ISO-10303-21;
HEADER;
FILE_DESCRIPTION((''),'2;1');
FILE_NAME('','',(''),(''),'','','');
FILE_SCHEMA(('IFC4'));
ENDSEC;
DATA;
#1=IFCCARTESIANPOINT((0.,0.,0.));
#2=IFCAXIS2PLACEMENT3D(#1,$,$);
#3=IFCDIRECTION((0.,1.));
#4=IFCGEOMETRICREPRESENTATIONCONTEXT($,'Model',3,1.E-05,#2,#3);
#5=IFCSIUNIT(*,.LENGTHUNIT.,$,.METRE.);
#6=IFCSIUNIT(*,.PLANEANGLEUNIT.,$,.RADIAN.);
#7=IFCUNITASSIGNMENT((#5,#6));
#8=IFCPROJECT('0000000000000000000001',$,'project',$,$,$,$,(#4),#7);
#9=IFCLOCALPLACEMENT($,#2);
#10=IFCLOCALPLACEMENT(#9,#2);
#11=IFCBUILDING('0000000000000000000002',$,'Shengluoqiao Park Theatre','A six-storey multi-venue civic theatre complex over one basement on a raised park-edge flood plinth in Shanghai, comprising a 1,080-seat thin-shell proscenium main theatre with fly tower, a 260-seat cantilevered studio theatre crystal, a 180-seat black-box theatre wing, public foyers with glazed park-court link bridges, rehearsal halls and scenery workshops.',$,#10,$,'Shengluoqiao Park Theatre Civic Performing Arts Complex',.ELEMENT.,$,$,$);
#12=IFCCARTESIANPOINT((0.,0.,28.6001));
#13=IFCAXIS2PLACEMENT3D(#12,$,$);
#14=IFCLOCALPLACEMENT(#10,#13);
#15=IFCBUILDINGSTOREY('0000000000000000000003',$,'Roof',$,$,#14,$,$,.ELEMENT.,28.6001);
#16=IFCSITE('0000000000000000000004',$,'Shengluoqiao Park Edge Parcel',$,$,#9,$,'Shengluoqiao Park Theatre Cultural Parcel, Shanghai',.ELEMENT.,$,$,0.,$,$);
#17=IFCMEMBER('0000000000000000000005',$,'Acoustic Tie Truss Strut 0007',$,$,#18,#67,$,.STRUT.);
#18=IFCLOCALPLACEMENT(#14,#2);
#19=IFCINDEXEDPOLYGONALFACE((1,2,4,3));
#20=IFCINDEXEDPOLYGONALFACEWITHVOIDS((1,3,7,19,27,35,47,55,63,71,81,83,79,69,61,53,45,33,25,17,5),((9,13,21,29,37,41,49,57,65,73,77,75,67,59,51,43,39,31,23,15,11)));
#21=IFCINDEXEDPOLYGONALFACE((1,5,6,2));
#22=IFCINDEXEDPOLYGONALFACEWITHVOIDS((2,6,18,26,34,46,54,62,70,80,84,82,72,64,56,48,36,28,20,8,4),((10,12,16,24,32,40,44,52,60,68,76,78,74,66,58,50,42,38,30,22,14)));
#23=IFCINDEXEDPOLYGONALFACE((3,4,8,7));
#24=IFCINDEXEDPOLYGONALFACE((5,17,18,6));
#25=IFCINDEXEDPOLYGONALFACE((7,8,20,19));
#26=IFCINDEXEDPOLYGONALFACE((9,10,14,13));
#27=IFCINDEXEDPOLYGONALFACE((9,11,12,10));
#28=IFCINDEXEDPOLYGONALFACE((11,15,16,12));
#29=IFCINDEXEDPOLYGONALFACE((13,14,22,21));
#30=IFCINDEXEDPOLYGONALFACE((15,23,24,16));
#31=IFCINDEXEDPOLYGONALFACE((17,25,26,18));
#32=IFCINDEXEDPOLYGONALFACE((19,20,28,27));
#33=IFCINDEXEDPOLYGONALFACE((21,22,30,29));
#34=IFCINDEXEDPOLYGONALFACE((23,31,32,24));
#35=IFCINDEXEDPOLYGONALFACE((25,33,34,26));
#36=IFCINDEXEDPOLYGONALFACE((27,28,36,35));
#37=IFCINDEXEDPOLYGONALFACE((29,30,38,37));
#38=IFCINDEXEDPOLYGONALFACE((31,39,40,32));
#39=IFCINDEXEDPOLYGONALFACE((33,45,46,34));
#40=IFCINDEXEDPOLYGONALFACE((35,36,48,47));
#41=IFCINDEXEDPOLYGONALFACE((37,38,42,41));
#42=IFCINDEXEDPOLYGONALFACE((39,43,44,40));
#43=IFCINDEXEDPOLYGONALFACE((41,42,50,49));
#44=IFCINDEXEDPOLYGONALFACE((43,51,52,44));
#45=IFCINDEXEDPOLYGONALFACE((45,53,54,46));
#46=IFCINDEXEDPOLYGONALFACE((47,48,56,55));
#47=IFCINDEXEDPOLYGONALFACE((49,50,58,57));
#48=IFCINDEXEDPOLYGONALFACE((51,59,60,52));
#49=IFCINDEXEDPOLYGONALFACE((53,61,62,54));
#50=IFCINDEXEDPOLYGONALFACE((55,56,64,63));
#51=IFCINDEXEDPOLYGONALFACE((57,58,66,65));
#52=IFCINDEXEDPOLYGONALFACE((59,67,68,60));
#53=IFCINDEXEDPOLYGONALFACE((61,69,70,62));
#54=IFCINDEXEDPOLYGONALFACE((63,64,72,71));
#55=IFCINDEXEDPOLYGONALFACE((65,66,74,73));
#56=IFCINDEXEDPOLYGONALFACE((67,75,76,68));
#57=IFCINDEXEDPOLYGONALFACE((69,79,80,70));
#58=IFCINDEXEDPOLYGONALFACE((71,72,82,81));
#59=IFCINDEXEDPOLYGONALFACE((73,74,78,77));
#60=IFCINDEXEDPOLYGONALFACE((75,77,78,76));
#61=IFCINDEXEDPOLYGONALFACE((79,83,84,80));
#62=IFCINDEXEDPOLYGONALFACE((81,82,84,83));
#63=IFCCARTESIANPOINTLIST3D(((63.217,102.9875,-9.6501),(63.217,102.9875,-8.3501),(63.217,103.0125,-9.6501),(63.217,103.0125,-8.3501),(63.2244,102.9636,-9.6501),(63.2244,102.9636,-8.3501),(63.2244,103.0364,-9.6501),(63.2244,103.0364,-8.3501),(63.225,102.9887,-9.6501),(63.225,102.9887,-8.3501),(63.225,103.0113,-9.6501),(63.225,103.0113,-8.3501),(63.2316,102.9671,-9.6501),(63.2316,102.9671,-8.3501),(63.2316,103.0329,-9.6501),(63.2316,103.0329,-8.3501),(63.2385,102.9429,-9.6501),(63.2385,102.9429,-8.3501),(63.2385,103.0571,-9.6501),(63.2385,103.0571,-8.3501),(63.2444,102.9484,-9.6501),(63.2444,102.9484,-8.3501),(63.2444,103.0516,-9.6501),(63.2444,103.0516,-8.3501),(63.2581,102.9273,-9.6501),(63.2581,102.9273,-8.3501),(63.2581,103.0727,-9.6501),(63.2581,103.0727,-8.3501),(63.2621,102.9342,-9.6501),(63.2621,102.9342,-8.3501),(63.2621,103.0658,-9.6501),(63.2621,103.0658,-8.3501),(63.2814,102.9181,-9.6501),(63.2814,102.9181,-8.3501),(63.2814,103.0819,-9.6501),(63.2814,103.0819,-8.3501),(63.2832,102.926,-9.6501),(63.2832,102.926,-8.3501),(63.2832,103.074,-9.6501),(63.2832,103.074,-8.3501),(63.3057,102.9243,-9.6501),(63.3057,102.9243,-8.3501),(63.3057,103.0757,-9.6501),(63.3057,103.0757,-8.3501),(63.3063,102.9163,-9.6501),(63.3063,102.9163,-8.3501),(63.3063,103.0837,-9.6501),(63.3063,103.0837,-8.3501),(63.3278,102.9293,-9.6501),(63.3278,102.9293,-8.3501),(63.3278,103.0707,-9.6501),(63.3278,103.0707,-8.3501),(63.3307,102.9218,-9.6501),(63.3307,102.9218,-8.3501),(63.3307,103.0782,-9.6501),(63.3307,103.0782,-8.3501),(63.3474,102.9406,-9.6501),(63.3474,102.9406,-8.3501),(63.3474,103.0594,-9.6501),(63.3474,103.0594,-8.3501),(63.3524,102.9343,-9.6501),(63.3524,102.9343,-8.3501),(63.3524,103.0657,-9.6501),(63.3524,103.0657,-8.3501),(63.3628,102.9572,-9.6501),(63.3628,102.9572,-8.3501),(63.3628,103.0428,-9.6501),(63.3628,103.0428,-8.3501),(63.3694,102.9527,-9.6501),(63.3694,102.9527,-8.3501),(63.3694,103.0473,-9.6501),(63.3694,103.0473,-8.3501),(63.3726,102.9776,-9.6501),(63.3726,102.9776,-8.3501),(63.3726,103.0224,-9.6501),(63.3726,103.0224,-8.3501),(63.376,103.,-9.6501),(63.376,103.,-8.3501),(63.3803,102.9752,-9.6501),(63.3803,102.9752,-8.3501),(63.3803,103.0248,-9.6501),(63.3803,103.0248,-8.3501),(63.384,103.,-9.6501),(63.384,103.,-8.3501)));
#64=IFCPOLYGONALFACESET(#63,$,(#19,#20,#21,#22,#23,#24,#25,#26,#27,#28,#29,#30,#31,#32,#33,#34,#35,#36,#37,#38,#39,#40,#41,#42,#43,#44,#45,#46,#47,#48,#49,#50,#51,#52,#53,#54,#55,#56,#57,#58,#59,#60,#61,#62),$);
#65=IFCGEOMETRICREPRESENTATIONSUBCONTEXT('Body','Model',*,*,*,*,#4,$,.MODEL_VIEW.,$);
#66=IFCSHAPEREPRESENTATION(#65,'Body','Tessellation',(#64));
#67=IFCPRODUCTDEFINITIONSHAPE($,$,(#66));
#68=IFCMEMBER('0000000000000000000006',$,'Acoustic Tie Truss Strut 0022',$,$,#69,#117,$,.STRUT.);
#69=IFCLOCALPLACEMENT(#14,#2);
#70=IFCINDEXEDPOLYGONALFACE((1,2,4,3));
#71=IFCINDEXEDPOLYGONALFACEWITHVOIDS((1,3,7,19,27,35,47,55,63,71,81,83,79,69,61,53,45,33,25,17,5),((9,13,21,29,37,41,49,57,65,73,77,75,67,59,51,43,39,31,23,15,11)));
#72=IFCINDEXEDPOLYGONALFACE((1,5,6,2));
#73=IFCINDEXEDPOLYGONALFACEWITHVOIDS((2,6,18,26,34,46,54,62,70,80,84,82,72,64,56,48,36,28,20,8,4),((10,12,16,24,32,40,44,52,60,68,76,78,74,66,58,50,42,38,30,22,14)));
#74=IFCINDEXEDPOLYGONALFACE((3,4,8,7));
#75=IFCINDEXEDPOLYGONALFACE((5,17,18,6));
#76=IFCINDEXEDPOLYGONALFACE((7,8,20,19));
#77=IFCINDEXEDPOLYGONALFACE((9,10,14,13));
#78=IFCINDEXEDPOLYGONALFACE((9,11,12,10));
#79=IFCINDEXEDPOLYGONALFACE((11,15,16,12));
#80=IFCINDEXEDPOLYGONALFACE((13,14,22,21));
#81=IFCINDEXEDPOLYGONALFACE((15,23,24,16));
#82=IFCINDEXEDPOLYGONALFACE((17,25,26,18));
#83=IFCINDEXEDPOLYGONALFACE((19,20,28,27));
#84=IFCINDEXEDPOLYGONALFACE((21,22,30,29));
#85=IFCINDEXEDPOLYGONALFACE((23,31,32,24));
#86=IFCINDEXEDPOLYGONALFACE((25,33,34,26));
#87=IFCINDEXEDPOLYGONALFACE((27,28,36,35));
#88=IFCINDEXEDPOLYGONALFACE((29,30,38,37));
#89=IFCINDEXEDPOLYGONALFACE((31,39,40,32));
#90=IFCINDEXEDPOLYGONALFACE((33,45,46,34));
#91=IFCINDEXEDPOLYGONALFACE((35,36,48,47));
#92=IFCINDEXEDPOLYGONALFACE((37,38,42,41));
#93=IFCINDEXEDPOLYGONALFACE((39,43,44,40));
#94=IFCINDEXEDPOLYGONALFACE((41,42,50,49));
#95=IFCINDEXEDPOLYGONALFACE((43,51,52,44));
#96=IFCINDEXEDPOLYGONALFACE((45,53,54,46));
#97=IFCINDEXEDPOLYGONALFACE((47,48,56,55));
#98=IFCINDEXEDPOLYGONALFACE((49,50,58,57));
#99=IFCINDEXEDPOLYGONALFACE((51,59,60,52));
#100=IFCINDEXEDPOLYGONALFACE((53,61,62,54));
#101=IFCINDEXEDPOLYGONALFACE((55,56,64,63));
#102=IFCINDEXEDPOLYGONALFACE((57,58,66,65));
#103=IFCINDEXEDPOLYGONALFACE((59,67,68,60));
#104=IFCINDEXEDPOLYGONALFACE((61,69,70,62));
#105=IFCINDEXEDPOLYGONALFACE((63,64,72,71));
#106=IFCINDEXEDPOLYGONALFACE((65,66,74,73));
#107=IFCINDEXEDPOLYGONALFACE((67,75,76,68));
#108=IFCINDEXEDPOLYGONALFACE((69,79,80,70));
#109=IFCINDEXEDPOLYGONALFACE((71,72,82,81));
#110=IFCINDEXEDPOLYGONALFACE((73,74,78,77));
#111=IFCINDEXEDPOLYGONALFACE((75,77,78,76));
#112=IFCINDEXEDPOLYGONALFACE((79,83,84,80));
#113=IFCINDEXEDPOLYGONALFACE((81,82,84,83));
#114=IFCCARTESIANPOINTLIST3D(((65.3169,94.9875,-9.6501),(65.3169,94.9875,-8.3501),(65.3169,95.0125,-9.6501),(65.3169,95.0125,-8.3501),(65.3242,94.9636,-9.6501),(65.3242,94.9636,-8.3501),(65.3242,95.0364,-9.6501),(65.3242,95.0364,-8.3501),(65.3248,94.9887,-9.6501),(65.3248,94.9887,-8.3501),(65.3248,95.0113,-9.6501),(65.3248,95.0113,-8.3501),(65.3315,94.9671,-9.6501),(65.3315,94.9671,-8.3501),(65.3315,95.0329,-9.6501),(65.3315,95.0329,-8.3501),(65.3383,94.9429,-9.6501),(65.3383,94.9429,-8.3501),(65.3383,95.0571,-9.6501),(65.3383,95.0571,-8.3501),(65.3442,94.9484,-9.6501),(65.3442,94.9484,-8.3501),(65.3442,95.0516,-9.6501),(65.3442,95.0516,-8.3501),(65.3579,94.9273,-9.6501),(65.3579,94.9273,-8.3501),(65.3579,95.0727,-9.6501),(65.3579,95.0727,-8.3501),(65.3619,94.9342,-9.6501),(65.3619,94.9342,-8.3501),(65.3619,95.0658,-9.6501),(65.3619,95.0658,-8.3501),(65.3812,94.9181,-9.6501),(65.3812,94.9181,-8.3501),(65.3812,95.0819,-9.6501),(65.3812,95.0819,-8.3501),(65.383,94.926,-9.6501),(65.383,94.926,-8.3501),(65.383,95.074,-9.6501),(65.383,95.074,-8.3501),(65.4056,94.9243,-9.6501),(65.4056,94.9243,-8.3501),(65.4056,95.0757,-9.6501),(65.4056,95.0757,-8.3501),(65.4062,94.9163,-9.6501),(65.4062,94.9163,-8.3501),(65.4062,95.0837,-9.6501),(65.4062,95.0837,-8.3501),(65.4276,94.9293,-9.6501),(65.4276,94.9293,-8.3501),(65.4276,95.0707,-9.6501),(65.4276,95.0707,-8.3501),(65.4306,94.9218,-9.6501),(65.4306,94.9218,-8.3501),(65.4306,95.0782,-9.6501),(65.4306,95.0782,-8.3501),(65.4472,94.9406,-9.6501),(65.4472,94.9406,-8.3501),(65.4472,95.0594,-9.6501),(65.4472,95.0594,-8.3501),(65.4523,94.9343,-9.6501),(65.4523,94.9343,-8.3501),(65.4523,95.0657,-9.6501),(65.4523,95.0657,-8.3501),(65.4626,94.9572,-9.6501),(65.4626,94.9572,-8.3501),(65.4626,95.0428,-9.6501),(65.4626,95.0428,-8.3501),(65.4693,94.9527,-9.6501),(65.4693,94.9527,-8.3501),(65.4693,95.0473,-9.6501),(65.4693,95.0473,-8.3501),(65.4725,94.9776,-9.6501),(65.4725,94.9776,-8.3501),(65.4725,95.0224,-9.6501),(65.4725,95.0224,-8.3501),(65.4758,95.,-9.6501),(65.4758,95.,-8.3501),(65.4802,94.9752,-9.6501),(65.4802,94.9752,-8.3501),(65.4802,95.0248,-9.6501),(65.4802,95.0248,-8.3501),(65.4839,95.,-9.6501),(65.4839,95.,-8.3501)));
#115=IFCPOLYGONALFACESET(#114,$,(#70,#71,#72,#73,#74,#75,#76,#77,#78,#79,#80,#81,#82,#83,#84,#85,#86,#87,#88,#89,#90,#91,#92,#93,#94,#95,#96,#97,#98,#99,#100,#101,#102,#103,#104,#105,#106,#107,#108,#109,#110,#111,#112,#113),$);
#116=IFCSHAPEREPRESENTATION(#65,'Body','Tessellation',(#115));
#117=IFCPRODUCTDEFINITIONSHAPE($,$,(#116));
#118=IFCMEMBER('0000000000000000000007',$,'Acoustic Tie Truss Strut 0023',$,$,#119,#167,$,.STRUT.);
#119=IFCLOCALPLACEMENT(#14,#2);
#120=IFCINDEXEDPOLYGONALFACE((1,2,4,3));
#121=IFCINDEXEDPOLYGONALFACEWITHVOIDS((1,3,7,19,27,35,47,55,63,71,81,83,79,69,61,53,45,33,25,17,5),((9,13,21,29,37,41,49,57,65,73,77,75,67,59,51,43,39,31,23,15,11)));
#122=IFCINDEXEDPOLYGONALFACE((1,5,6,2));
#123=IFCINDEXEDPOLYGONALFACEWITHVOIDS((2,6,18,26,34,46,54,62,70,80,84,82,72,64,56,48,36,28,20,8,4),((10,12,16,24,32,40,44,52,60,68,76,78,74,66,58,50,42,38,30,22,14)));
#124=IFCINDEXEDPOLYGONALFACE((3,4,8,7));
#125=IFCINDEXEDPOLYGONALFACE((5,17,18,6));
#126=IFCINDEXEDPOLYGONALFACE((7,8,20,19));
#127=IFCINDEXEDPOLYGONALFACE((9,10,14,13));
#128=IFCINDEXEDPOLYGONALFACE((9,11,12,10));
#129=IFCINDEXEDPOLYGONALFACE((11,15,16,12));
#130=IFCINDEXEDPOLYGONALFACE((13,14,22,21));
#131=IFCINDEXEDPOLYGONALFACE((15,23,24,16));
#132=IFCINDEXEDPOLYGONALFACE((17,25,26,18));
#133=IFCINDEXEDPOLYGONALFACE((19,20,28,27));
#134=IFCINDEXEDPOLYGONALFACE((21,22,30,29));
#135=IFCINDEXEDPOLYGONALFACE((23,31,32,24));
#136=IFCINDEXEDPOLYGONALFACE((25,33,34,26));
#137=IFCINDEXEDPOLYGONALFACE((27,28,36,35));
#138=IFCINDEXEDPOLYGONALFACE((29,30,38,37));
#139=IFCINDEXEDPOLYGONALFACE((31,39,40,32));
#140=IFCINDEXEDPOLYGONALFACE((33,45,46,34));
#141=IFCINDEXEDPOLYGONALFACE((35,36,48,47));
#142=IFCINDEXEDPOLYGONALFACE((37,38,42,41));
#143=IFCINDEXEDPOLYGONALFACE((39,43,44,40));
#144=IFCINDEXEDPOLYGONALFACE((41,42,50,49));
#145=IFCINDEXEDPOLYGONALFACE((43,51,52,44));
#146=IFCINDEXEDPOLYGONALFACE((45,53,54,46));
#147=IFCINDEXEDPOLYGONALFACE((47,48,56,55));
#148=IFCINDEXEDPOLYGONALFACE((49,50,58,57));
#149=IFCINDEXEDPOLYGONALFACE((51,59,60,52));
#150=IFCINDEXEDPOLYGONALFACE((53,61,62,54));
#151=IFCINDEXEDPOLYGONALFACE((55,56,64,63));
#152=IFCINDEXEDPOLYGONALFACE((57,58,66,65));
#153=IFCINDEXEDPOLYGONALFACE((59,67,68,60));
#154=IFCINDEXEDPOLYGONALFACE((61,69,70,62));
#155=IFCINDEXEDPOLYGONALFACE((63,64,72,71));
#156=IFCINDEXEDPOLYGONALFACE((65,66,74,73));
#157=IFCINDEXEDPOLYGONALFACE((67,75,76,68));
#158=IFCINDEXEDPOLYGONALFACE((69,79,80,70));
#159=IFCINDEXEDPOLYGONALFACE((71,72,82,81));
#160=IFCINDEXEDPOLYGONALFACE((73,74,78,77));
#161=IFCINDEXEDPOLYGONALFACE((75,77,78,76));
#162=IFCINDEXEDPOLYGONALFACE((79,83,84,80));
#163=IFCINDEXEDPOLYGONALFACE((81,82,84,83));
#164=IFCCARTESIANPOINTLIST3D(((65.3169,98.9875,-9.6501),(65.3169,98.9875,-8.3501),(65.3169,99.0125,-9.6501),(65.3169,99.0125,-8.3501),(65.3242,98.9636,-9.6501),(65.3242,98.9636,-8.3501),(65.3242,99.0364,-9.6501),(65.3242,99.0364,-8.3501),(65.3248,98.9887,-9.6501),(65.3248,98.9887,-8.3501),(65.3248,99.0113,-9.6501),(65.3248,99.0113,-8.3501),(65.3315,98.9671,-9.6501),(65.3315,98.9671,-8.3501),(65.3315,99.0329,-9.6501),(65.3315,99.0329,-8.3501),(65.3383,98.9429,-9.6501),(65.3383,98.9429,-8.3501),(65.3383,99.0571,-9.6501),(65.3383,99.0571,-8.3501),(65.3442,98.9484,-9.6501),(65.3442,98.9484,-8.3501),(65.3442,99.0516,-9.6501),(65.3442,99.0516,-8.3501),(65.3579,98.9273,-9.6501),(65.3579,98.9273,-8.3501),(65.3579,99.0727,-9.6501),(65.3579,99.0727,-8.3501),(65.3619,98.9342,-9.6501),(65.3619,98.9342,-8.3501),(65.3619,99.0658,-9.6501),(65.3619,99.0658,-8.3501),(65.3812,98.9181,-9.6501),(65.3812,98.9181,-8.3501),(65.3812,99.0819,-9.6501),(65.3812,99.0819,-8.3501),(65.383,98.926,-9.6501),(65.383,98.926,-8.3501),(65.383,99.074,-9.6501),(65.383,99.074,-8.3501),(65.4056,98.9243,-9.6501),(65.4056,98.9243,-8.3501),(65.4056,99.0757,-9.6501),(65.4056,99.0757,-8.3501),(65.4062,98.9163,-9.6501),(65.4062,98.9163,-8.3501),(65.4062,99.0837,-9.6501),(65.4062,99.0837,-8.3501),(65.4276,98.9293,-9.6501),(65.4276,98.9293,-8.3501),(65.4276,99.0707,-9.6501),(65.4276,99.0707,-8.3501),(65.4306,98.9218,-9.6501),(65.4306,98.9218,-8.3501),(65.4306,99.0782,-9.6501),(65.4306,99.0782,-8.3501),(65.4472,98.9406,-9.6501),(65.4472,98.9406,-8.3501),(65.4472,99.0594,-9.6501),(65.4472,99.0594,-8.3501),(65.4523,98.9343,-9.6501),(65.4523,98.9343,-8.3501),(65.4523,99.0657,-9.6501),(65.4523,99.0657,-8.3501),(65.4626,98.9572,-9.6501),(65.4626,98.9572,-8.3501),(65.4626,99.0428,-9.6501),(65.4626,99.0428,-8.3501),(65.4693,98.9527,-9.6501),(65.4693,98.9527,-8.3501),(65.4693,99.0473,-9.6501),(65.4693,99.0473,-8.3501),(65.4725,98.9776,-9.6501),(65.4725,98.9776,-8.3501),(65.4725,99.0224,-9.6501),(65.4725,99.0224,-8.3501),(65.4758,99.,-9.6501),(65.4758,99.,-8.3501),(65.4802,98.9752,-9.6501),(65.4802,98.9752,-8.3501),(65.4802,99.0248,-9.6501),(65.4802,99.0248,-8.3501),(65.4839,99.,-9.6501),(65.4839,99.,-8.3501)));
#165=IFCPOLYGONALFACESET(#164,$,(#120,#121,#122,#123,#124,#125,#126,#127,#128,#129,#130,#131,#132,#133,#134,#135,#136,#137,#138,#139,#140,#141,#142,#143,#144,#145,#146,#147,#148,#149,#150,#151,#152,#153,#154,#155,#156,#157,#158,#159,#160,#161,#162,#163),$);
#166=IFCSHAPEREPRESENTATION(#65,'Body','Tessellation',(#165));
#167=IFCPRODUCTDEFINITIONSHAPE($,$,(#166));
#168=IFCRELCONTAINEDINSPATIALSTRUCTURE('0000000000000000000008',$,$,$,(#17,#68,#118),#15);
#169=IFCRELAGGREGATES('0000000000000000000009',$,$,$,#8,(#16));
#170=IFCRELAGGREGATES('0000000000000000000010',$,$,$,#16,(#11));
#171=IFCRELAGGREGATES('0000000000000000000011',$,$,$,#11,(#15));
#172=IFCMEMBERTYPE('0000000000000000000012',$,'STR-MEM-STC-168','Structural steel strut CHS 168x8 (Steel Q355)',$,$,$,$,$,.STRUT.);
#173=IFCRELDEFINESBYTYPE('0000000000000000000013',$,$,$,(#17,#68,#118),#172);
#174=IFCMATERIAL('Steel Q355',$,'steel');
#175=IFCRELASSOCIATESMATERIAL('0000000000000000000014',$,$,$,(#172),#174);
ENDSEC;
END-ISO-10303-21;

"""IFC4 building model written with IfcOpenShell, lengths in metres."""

from ifc_helpers import new_model, si_unit, direction, frame, origin, origin_2d, place, context, subcontext, project, spatial, hollow_circle, extrude, material, material_profile, profile_set, type_object, element, save


model = new_model("IFC4")

# Units and contexts
model_context = context("Model", 3, precision=1e-05, world=origin(), true_north=direction((0.0, 1.0)))
body_context = subcontext(model_context, "Body", "Model", "MODEL_VIEW")
ifc_project = project(units=[si_unit("LENGTHUNIT", "METRE"), si_unit("PLANEANGLEUNIT", "RADIAN")], contexts=[model_context])

# Site, building, storey
site_placement = place(None, origin())
site = spatial("IfcSite", under=ifc_project, at=site_placement, Name="Shengluoqiao Park Edge Parcel", LongName="Shengluoqiao Park Theatre Cultural Parcel, Shanghai", CompositionType="ELEMENT", RefElevation=0.0)
building_placement = place(site_placement, origin())
building = spatial("IfcBuilding", under=site, at=building_placement, Name="Shengluoqiao Park Theatre", Description="A six-storey multi-venue civic theatre complex over one basement on a raised park-edge flood plinth in Shanghai, comprising a 1,080-seat thin-shell proscenium main theatre with fly tower, a 260-seat cantilevered studio theatre crystal, a 180-seat black-box theatre wing, public foyers with glazed park-court link bridges, rehearsal halls and scenery workshops.", LongName="Shengluoqiao Park Theatre Civic Performing Arts Complex", CompositionType="ELEMENT")
storey_placement = place(building_placement, frame((0.0, 0.0, 28.6001)))
storey = spatial("IfcBuildingStorey", under=building, at=storey_placement, Name="Roof", CompositionType="ELEMENT", Elevation=28.6001)

# Shared definitions
ifc_material = material(Name="Steel Q355", Category="steel")

# Members
ifc_material_profile_1 = material_profile(ifc_material, hollow_circle(Radius=0.084, WallThickness=0.0081, at=origin_2d()), Name="CHS 168x8")
ifc_profile_set_1 = profile_set([ifc_material_profile_1], Name="Steel Q355")
member_type_1 = type_object("IfcMemberType", Name="STR-MEM-STC-168", Description="Structural steel strut CHS 168x8 (Steel Q355)", PredefinedType="STRUT", material=ifc_profile_set_1)
for number, where, z_axis, x_axis, name in (
    (1, (63.3, 103.0, -9.6501), (0.0, 0.0, 1.0), (1.0, 0.0, 0.0), "Acoustic Tie Truss Strut 0007"),
    (2, (65.3999, 95.0, -9.6501), (0.0, 0.0, 1.0), (1.0, 0.0, 0.0), "Acoustic Tie Truss Strut 0022"),
    (3, (65.3999, 99.0, -9.6501), (0.0, 0.0, 1.0), (1.0, 0.0, 0.0), "Acoustic Tie Truss Strut 0023"),
):
    element("IfcMember", number, at=place(storey_placement, frame(where, z_axis=z_axis, x_axis=x_axis)), inside=storey, type_object=member_type_1, Name=name, PredefinedType="STRUT", context=body_context, shape_type="SweptSolid", body=[
        extrude(hollow_circle(Radius=0.084, WallThickness=0.0081, at=origin_2d()), origin(), (0.0, 0.0, 1.0), 1.3),
    ])

save(model, "model.ifc")
